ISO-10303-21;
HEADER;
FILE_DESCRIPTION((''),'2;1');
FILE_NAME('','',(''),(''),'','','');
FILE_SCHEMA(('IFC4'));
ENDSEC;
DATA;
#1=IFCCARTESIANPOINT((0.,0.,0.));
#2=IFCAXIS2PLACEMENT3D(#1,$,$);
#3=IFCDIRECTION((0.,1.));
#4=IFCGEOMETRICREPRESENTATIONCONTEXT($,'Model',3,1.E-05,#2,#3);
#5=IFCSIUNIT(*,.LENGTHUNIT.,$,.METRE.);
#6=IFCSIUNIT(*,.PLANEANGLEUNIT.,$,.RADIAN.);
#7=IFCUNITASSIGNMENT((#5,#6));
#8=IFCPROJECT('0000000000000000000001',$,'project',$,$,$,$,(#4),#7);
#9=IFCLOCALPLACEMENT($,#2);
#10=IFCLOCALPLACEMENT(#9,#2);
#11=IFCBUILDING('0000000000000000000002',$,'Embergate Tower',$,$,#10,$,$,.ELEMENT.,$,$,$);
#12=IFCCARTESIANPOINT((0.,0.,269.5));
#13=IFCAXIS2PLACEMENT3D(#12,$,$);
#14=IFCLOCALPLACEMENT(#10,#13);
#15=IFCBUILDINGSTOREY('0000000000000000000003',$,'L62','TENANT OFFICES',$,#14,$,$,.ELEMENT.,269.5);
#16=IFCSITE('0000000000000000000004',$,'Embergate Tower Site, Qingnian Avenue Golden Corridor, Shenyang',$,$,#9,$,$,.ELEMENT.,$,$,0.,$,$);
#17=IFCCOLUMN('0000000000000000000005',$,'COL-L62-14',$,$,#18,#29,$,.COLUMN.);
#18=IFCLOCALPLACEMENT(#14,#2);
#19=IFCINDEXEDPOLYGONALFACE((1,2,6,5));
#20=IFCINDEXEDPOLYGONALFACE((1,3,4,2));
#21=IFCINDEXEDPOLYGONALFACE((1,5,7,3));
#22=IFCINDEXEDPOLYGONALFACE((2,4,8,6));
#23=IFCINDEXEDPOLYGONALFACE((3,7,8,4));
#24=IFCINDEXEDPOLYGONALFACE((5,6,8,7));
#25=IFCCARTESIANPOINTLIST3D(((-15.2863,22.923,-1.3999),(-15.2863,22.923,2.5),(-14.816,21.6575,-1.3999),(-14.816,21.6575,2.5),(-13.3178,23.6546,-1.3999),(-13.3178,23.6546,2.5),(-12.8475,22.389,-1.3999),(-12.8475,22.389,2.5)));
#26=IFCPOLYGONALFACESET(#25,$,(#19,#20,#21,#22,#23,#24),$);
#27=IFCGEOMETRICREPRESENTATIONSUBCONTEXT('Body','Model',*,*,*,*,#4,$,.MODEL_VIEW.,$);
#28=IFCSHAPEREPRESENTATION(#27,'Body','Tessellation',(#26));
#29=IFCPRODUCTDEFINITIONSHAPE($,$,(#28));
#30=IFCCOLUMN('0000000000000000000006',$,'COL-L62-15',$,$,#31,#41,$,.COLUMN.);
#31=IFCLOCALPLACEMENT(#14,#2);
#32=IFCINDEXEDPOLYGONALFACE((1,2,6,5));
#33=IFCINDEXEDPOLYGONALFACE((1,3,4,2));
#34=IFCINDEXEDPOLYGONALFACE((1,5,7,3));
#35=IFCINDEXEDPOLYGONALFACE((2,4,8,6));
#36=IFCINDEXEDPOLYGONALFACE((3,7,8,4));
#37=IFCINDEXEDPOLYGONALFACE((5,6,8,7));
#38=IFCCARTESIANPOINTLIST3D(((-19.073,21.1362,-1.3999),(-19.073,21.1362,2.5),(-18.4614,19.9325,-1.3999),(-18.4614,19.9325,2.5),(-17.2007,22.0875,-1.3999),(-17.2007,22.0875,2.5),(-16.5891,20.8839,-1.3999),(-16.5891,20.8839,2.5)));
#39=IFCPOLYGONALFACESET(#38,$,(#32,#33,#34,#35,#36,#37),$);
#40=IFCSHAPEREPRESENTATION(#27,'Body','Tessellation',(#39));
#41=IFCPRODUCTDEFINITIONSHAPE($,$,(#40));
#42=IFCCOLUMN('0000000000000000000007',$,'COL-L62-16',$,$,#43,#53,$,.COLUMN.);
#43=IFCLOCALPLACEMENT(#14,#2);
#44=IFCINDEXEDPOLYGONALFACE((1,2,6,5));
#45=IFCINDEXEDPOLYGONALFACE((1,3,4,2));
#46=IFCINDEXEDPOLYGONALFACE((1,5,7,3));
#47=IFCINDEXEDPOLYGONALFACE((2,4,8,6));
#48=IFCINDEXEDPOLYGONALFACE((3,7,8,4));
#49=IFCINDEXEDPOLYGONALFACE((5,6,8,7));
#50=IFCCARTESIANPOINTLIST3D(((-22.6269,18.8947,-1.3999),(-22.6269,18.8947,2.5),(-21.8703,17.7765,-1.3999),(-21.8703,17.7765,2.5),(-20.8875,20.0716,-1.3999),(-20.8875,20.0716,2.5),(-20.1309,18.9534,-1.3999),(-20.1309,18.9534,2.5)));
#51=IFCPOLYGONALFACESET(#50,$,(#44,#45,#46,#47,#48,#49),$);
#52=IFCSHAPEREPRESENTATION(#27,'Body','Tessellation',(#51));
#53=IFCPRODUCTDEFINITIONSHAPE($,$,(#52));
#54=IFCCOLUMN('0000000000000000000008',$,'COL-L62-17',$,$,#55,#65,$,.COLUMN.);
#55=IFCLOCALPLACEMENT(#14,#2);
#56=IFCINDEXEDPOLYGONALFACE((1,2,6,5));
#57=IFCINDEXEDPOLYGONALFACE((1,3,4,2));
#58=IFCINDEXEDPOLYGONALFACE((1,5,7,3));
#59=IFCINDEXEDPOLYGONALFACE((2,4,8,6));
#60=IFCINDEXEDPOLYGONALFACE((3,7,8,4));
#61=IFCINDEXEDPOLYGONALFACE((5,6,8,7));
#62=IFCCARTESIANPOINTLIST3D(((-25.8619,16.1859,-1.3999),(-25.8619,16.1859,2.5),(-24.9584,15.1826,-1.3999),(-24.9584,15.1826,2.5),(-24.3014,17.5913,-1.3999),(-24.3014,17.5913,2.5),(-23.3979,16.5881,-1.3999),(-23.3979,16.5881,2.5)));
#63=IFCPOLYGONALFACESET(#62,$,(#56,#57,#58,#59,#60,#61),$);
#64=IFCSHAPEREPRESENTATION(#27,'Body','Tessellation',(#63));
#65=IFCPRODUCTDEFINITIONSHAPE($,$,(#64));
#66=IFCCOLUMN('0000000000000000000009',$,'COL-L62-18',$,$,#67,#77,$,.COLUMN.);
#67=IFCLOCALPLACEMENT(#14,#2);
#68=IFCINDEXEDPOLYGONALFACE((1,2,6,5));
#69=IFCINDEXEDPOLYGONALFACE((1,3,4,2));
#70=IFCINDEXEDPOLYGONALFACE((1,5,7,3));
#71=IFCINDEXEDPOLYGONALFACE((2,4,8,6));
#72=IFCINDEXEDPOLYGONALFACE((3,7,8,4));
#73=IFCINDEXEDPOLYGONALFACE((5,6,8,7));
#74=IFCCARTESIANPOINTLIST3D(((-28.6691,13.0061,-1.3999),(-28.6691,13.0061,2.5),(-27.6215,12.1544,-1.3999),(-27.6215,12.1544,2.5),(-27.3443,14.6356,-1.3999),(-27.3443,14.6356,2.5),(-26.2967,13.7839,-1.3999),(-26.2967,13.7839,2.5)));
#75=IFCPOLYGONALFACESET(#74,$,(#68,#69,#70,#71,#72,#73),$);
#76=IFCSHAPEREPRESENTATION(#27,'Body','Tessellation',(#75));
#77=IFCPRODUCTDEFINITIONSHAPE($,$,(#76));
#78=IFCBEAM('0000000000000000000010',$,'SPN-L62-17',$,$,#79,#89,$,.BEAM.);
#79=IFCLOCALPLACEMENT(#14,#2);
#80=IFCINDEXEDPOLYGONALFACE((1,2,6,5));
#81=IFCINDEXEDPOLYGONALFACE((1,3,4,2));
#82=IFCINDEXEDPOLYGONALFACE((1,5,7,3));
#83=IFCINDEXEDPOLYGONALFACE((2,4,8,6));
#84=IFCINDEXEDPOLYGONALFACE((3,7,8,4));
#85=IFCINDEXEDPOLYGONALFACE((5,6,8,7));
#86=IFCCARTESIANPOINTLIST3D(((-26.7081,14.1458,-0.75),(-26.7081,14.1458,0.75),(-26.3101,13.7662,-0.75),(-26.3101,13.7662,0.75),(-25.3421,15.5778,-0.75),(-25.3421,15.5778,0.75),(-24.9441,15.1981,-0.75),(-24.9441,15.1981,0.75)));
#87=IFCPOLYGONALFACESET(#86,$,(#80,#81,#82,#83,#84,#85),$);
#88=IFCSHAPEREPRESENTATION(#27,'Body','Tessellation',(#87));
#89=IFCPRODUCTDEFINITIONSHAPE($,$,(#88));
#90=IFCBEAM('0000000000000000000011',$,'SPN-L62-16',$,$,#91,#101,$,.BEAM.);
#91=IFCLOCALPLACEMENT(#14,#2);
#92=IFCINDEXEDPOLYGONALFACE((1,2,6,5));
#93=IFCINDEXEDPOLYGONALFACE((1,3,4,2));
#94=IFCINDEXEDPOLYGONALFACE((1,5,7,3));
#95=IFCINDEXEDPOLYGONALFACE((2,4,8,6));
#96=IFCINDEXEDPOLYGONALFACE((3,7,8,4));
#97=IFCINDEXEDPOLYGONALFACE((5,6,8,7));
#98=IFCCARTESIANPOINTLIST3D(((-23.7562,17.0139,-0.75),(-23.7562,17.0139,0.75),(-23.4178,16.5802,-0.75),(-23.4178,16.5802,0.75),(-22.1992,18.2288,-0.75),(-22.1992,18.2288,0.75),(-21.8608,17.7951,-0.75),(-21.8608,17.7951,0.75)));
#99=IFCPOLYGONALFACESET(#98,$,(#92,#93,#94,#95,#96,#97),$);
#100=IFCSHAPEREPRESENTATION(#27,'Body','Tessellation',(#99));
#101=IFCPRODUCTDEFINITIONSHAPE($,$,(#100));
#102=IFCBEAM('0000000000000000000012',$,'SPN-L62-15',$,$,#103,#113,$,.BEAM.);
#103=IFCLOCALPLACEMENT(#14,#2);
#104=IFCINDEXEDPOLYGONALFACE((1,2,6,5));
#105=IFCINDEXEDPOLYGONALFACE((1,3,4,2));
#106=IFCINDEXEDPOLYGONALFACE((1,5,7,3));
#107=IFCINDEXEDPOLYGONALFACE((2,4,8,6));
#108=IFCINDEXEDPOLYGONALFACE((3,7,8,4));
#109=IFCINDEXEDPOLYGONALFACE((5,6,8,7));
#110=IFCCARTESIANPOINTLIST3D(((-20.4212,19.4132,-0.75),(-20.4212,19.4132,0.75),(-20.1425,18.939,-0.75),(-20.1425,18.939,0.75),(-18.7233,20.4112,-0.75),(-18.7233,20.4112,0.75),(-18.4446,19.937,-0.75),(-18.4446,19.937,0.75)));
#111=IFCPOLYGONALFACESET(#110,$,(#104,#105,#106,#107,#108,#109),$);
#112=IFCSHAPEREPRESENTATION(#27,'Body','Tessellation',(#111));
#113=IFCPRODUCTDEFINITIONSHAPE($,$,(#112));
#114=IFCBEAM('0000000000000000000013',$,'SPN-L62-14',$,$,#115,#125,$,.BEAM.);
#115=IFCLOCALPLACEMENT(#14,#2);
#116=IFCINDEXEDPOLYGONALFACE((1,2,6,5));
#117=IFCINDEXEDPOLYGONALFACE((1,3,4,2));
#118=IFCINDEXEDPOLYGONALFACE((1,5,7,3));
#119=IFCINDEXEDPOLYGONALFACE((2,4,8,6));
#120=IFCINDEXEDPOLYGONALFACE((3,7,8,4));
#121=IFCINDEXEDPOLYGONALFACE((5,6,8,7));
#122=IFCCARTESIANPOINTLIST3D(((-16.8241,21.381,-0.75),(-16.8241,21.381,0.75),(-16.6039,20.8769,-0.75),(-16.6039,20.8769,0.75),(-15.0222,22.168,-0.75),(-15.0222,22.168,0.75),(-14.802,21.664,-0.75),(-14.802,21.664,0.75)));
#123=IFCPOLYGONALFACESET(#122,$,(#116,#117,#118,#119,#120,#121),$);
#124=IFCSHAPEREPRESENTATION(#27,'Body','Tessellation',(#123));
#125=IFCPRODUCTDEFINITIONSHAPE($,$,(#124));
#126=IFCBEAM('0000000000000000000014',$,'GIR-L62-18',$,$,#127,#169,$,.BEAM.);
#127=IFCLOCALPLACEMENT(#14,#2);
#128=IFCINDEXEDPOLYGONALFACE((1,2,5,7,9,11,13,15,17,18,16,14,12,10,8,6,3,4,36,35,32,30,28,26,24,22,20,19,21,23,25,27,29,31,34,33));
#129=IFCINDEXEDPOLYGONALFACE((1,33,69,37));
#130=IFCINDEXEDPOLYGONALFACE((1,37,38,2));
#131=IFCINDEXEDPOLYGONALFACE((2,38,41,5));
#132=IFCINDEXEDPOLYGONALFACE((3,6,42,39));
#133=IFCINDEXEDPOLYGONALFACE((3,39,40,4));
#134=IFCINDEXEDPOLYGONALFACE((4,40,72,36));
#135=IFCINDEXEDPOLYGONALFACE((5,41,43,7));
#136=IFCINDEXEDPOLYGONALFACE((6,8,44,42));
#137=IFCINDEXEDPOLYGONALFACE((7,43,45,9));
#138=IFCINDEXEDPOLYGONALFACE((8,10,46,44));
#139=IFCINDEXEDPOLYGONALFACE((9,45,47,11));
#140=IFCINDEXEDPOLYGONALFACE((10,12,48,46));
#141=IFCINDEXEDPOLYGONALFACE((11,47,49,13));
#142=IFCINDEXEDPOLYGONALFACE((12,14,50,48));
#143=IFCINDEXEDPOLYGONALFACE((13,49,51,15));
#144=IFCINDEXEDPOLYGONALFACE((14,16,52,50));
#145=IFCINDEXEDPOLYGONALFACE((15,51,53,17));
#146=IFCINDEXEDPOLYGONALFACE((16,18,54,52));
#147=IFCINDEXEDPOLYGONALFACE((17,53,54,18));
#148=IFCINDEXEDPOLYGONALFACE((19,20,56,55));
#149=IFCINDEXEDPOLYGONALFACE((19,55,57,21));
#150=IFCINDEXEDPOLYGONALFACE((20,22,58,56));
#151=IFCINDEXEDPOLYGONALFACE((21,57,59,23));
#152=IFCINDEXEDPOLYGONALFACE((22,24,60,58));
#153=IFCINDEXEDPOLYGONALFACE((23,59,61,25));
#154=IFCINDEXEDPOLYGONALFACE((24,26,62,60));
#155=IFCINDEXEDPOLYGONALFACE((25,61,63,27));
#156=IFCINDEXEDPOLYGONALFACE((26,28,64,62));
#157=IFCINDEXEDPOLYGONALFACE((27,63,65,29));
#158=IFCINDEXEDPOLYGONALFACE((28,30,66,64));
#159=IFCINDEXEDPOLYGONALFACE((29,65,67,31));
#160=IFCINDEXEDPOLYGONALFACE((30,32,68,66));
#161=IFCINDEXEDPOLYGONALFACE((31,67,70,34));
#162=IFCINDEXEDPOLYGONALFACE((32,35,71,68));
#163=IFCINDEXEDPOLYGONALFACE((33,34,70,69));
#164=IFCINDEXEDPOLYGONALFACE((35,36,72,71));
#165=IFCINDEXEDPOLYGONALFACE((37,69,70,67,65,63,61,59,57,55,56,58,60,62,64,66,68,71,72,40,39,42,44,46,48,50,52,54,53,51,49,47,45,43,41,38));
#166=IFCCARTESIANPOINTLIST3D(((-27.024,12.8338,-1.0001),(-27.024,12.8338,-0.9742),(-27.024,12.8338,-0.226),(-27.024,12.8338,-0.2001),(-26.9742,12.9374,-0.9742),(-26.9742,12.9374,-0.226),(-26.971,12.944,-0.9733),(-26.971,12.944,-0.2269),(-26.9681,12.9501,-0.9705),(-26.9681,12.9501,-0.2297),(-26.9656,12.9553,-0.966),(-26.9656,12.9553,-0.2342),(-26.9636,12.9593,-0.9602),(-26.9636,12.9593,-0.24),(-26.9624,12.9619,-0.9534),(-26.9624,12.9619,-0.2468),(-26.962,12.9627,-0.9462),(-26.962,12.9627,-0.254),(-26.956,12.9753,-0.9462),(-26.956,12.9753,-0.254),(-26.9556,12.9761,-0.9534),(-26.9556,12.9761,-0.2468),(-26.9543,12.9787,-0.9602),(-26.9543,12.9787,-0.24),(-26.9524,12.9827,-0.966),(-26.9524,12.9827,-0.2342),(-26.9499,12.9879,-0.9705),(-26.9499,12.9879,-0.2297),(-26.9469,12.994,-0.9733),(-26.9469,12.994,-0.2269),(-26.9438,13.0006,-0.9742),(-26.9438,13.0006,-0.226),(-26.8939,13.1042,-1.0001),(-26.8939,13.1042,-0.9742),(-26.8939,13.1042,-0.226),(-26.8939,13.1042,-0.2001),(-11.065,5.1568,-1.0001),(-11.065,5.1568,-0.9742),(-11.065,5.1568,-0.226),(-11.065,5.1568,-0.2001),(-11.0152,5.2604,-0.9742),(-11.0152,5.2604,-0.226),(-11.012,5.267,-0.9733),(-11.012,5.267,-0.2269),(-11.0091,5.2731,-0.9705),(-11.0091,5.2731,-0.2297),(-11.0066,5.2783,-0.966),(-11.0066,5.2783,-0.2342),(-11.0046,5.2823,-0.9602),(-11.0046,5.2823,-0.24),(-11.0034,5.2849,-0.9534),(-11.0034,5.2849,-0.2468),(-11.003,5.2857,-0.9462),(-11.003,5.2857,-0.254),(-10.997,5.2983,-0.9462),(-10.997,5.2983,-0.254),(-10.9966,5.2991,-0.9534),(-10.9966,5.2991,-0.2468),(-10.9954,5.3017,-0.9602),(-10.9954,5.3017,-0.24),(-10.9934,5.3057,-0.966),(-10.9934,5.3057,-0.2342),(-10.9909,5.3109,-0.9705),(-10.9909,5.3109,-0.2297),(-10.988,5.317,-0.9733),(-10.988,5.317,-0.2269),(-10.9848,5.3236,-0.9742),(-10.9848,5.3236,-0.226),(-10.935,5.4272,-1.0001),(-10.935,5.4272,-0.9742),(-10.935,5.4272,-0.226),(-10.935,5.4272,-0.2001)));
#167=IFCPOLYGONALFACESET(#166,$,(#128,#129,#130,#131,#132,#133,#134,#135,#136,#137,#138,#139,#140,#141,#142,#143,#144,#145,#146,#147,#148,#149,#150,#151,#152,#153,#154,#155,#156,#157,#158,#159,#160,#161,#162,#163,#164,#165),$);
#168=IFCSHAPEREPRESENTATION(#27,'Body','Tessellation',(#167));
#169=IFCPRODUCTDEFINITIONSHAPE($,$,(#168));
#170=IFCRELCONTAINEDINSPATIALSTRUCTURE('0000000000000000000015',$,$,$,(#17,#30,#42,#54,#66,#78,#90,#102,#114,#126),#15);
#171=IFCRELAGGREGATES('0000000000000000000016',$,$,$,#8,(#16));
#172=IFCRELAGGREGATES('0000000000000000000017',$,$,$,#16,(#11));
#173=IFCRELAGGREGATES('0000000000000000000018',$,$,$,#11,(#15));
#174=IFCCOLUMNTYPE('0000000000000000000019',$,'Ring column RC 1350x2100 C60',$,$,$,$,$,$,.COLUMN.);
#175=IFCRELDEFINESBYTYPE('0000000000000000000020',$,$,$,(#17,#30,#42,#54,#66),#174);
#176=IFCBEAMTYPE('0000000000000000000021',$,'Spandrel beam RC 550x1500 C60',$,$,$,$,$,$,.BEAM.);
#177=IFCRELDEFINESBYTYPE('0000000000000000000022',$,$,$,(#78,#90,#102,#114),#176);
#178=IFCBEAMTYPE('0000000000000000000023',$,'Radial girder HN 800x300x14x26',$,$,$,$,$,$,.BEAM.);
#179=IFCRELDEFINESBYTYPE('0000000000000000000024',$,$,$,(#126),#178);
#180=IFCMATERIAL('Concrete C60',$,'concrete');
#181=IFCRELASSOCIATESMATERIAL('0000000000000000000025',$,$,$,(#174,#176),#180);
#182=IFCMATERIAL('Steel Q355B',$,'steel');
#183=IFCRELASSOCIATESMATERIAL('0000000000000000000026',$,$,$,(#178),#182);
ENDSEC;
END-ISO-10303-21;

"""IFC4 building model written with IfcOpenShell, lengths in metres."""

from ifc_helpers import new_model, si_unit, direction, frame, origin, origin_2d, place, context, subcontext, project, spatial, rectangle, i_section, extrude, source, transform, mapped, material, material_profile, profile_set, type_object, element, save


model = new_model("IFC4")

# Units and contexts
model_context = context("Model", 3, precision=1e-05, world=origin(), true_north=direction((0.0, 1.0)))
body_context = subcontext(model_context, "Body", "Model", "MODEL_VIEW")
ifc_project = project(units=[si_unit("LENGTHUNIT", "METRE"), si_unit("PLANEANGLEUNIT", "RADIAN")], contexts=[model_context])

# Site, building, storey
site_placement = place(None, origin())
site = spatial("IfcSite", under=ifc_project, at=site_placement, Name="Embergate Tower Site, Qingnian Avenue Golden Corridor, Shenyang", CompositionType="ELEMENT", RefElevation=0.0)
building_placement = place(site_placement, origin())
building = spatial("IfcBuilding", under=site, at=building_placement, Name="Embergate Tower", CompositionType="ELEMENT")
storey_placement = place(building_placement, frame((0.0, 0.0, 269.5)))
storey = spatial("IfcBuildingStorey", under=building, at=storey_placement, Name="L62", Description="TENANT OFFICES", CompositionType="ELEMENT", Elevation=269.5)

# Columns
ifc_material_1 = material(Name="Concrete C60", Category="concrete")
ifc_material_profile_1 = material_profile(ifc_material_1, rectangle(XDim=1.3501, YDim=2.1001, at=origin_2d()), Name="RC 1350x2100")
ifc_profile_set_1 = profile_set([ifc_material_profile_1], Name="Concrete C60")
column_type = type_object("IfcColumnType", Name="Ring column RC 1350x2100 C60", PredefinedType="COLUMN", material=ifc_profile_set_1)
shared_shape_1 = source(origin(), body_context, "Body", "SweptSolid", [
    extrude(rectangle(XDim=1.3501, YDim=2.1001, at=origin_2d()), origin(), (0.0, 0.0, 1.0), 3.8999),
])
for number, where, z_axis, x_axis, name in (
    (1, (-14.0669, 22.656, -1.3999), (0.0, 0.0, 1.0), (-0.348343, 0.937367, 0.0), "COL-L62-14"),
    (2, (-17.8311, 21.01, -1.3999), (0.0, 0.0, 1.0), (-0.452995, 0.891513, 0.0), "COL-L62-15"),
    (3, (-21.3789, 18.9241, -1.3999), (0.0, 0.0, 1.0), (-0.560393, 0.828227, 0.0), "COL-L62-16"),
    (4, (-24.6299, 16.387, -1.3999), (0.0, 0.0, 1.0), (-0.669208, 0.743075, 0.0), "COL-L62-17"),
    (5, (-27.4829, 13.395, -1.3999), (0.0, 0.0, 1.0), (-0.775914, 0.630838, 0.0), "COL-L62-18"),
):
    element("IfcColumn", number, at=place(storey_placement, frame(where, z_axis=z_axis, x_axis=x_axis)), inside=storey, type_object=column_type, Name=name, PredefinedType="COLUMN", context=body_context, shape_type="MappedRepresentation", body=[
        mapped(shared_shape_1, transform((0.0, 0.0, 0.0))),
    ])

# Beams
ifc_material_profile_2 = material_profile(ifc_material_1, rectangle(XDim=0.55, YDim=1.5, at=origin_2d()), Name="RC 550x1500")
ifc_profile_set_2 = profile_set([ifc_material_profile_2], Name="Concrete C60")
beam_type_1 = type_object("IfcBeamType", Name="Spandrel beam RC 550x1500 C60", PredefinedType="BEAM", material=ifc_profile_set_2)
shared_shape_2 = source(origin(), body_context, "Body", "SweptSolid", [
    extrude(rectangle(XDim=0.55, YDim=1.5, at=origin_2d()), origin(), (0.0, 0.0, 1.0), 1.979),
])
beam_1_placement = place(storey_placement, frame((-25.1431, 15.3879, 0.0), z_axis=(-0.690256, -0.723566, 0.0), x_axis=(0.723566, -0.690256, 0.0)))
element("IfcBeam", 6, at=beam_1_placement, inside=storey, type_object=beam_type_1, Name="SPN-L62-17", PredefinedType="BEAM", context=body_context, shape_type="MappedRepresentation", body=[
    mapped(shared_shape_2, transform((0.0, 0.0, 0.0))),
])
shared_shape_3 = source(origin(), body_context, "Body", "SweptSolid", [
    extrude(rectangle(XDim=0.55, YDim=1.5, at=origin_2d()), origin(), (0.0, 0.0, 1.0), 1.9749),
])
beam_2_placement = place(storey_placement, frame((-22.03, 18.012, 0.0), z_axis=(-0.788386, -0.615181, 0.0), x_axis=(0.615181, -0.788386, 0.0)))
element("IfcBeam", 7, at=beam_2_placement, inside=storey, type_object=beam_type_1, Name="SPN-L62-16", PredefinedType="BEAM", context=body_context, shape_type="MappedRepresentation", body=[
    mapped(shared_shape_3, transform((0.0, 0.0, 0.0))),
])
shared_shape_4 = source(origin(), body_context, "Body", "SweptSolid", [
    extrude(rectangle(XDim=0.55, YDim=1.5, at=origin_2d()), origin(), (0.0, 0.0, 1.0), 1.9695),
])
beam_3_placement = place(storey_placement, frame((-18.584, 20.1741, 0.0), z_axis=(-0.862106, -0.506728, 0.0), x_axis=(0.506728, -0.862106, 0.0)))
element("IfcBeam", 8, at=beam_3_placement, inside=storey, type_object=beam_type_1, Name="SPN-L62-15", PredefinedType="BEAM", context=body_context, shape_type="MappedRepresentation", body=[
    mapped(shared_shape_4, transform((0.0, 0.0, 0.0))),
])
shared_shape_5 = source(origin(), body_context, "Body", "SweptSolid", [
    extrude(rectangle(XDim=0.55, YDim=1.5, at=origin_2d()), origin(), (0.0, 0.0, 1.0), 1.9663),
])
beam_4_placement = place(storey_placement, frame((-14.9121, 21.916, 0.0), z_axis=(-0.916394, -0.400278, 0.0), x_axis=(0.400278, -0.916394, 0.0)))
element("IfcBeam", 9, at=beam_4_placement, inside=storey, type_object=beam_type_1, Name="SPN-L62-14", PredefinedType="BEAM", context=body_context, shape_type="MappedRepresentation", body=[
    mapped(shared_shape_5, transform((0.0, 0.0, 0.0))),
])
ifc_material_2 = material(Name="Steel Q355B", Category="steel")
ifc_material_profile_3 = material_profile(ifc_material_2, i_section(OverallWidth=0.3, OverallDepth=0.8, WebThickness=0.0139, FlangeThickness=0.0259, FilletRadius=0.0281, at=origin_2d()), Name="HN 800x300x14x26")
ifc_profile_set_3 = profile_set([ifc_material_profile_3], Name="Steel Q355 grade B")
beam_type_2 = type_object("IfcBeamType", Name="Radial girder HN 800x300x14x26", PredefinedType="BEAM", material=ifc_profile_set_3)
shared_shape_6 = source(origin(), body_context, "Body", "SweptSolid", [
    extrude(i_section(OverallWidth=0.3, OverallDepth=0.8, WebThickness=0.0139, FlangeThickness=0.0259, FilletRadius=0.0281, at=origin_2d()), origin(), (0.0, 0.0, 1.0), 17.7095),
])
beam_5_placement = place(storey_placement, frame((-26.959, 12.969, -0.6001), z_axis=(0.901155, -0.433497, 0.0), x_axis=(0.433497, 0.901155, 0.0)))
element("IfcBeam", 10, at=beam_5_placement, inside=storey, type_object=beam_type_2, Name="GIR-L62-18", PredefinedType="BEAM", context=body_context, shape_type="MappedRepresentation", body=[
    mapped(shared_shape_6, transform((0.0, 0.0, 0.0))),
])

save(model, "model.ifc")
